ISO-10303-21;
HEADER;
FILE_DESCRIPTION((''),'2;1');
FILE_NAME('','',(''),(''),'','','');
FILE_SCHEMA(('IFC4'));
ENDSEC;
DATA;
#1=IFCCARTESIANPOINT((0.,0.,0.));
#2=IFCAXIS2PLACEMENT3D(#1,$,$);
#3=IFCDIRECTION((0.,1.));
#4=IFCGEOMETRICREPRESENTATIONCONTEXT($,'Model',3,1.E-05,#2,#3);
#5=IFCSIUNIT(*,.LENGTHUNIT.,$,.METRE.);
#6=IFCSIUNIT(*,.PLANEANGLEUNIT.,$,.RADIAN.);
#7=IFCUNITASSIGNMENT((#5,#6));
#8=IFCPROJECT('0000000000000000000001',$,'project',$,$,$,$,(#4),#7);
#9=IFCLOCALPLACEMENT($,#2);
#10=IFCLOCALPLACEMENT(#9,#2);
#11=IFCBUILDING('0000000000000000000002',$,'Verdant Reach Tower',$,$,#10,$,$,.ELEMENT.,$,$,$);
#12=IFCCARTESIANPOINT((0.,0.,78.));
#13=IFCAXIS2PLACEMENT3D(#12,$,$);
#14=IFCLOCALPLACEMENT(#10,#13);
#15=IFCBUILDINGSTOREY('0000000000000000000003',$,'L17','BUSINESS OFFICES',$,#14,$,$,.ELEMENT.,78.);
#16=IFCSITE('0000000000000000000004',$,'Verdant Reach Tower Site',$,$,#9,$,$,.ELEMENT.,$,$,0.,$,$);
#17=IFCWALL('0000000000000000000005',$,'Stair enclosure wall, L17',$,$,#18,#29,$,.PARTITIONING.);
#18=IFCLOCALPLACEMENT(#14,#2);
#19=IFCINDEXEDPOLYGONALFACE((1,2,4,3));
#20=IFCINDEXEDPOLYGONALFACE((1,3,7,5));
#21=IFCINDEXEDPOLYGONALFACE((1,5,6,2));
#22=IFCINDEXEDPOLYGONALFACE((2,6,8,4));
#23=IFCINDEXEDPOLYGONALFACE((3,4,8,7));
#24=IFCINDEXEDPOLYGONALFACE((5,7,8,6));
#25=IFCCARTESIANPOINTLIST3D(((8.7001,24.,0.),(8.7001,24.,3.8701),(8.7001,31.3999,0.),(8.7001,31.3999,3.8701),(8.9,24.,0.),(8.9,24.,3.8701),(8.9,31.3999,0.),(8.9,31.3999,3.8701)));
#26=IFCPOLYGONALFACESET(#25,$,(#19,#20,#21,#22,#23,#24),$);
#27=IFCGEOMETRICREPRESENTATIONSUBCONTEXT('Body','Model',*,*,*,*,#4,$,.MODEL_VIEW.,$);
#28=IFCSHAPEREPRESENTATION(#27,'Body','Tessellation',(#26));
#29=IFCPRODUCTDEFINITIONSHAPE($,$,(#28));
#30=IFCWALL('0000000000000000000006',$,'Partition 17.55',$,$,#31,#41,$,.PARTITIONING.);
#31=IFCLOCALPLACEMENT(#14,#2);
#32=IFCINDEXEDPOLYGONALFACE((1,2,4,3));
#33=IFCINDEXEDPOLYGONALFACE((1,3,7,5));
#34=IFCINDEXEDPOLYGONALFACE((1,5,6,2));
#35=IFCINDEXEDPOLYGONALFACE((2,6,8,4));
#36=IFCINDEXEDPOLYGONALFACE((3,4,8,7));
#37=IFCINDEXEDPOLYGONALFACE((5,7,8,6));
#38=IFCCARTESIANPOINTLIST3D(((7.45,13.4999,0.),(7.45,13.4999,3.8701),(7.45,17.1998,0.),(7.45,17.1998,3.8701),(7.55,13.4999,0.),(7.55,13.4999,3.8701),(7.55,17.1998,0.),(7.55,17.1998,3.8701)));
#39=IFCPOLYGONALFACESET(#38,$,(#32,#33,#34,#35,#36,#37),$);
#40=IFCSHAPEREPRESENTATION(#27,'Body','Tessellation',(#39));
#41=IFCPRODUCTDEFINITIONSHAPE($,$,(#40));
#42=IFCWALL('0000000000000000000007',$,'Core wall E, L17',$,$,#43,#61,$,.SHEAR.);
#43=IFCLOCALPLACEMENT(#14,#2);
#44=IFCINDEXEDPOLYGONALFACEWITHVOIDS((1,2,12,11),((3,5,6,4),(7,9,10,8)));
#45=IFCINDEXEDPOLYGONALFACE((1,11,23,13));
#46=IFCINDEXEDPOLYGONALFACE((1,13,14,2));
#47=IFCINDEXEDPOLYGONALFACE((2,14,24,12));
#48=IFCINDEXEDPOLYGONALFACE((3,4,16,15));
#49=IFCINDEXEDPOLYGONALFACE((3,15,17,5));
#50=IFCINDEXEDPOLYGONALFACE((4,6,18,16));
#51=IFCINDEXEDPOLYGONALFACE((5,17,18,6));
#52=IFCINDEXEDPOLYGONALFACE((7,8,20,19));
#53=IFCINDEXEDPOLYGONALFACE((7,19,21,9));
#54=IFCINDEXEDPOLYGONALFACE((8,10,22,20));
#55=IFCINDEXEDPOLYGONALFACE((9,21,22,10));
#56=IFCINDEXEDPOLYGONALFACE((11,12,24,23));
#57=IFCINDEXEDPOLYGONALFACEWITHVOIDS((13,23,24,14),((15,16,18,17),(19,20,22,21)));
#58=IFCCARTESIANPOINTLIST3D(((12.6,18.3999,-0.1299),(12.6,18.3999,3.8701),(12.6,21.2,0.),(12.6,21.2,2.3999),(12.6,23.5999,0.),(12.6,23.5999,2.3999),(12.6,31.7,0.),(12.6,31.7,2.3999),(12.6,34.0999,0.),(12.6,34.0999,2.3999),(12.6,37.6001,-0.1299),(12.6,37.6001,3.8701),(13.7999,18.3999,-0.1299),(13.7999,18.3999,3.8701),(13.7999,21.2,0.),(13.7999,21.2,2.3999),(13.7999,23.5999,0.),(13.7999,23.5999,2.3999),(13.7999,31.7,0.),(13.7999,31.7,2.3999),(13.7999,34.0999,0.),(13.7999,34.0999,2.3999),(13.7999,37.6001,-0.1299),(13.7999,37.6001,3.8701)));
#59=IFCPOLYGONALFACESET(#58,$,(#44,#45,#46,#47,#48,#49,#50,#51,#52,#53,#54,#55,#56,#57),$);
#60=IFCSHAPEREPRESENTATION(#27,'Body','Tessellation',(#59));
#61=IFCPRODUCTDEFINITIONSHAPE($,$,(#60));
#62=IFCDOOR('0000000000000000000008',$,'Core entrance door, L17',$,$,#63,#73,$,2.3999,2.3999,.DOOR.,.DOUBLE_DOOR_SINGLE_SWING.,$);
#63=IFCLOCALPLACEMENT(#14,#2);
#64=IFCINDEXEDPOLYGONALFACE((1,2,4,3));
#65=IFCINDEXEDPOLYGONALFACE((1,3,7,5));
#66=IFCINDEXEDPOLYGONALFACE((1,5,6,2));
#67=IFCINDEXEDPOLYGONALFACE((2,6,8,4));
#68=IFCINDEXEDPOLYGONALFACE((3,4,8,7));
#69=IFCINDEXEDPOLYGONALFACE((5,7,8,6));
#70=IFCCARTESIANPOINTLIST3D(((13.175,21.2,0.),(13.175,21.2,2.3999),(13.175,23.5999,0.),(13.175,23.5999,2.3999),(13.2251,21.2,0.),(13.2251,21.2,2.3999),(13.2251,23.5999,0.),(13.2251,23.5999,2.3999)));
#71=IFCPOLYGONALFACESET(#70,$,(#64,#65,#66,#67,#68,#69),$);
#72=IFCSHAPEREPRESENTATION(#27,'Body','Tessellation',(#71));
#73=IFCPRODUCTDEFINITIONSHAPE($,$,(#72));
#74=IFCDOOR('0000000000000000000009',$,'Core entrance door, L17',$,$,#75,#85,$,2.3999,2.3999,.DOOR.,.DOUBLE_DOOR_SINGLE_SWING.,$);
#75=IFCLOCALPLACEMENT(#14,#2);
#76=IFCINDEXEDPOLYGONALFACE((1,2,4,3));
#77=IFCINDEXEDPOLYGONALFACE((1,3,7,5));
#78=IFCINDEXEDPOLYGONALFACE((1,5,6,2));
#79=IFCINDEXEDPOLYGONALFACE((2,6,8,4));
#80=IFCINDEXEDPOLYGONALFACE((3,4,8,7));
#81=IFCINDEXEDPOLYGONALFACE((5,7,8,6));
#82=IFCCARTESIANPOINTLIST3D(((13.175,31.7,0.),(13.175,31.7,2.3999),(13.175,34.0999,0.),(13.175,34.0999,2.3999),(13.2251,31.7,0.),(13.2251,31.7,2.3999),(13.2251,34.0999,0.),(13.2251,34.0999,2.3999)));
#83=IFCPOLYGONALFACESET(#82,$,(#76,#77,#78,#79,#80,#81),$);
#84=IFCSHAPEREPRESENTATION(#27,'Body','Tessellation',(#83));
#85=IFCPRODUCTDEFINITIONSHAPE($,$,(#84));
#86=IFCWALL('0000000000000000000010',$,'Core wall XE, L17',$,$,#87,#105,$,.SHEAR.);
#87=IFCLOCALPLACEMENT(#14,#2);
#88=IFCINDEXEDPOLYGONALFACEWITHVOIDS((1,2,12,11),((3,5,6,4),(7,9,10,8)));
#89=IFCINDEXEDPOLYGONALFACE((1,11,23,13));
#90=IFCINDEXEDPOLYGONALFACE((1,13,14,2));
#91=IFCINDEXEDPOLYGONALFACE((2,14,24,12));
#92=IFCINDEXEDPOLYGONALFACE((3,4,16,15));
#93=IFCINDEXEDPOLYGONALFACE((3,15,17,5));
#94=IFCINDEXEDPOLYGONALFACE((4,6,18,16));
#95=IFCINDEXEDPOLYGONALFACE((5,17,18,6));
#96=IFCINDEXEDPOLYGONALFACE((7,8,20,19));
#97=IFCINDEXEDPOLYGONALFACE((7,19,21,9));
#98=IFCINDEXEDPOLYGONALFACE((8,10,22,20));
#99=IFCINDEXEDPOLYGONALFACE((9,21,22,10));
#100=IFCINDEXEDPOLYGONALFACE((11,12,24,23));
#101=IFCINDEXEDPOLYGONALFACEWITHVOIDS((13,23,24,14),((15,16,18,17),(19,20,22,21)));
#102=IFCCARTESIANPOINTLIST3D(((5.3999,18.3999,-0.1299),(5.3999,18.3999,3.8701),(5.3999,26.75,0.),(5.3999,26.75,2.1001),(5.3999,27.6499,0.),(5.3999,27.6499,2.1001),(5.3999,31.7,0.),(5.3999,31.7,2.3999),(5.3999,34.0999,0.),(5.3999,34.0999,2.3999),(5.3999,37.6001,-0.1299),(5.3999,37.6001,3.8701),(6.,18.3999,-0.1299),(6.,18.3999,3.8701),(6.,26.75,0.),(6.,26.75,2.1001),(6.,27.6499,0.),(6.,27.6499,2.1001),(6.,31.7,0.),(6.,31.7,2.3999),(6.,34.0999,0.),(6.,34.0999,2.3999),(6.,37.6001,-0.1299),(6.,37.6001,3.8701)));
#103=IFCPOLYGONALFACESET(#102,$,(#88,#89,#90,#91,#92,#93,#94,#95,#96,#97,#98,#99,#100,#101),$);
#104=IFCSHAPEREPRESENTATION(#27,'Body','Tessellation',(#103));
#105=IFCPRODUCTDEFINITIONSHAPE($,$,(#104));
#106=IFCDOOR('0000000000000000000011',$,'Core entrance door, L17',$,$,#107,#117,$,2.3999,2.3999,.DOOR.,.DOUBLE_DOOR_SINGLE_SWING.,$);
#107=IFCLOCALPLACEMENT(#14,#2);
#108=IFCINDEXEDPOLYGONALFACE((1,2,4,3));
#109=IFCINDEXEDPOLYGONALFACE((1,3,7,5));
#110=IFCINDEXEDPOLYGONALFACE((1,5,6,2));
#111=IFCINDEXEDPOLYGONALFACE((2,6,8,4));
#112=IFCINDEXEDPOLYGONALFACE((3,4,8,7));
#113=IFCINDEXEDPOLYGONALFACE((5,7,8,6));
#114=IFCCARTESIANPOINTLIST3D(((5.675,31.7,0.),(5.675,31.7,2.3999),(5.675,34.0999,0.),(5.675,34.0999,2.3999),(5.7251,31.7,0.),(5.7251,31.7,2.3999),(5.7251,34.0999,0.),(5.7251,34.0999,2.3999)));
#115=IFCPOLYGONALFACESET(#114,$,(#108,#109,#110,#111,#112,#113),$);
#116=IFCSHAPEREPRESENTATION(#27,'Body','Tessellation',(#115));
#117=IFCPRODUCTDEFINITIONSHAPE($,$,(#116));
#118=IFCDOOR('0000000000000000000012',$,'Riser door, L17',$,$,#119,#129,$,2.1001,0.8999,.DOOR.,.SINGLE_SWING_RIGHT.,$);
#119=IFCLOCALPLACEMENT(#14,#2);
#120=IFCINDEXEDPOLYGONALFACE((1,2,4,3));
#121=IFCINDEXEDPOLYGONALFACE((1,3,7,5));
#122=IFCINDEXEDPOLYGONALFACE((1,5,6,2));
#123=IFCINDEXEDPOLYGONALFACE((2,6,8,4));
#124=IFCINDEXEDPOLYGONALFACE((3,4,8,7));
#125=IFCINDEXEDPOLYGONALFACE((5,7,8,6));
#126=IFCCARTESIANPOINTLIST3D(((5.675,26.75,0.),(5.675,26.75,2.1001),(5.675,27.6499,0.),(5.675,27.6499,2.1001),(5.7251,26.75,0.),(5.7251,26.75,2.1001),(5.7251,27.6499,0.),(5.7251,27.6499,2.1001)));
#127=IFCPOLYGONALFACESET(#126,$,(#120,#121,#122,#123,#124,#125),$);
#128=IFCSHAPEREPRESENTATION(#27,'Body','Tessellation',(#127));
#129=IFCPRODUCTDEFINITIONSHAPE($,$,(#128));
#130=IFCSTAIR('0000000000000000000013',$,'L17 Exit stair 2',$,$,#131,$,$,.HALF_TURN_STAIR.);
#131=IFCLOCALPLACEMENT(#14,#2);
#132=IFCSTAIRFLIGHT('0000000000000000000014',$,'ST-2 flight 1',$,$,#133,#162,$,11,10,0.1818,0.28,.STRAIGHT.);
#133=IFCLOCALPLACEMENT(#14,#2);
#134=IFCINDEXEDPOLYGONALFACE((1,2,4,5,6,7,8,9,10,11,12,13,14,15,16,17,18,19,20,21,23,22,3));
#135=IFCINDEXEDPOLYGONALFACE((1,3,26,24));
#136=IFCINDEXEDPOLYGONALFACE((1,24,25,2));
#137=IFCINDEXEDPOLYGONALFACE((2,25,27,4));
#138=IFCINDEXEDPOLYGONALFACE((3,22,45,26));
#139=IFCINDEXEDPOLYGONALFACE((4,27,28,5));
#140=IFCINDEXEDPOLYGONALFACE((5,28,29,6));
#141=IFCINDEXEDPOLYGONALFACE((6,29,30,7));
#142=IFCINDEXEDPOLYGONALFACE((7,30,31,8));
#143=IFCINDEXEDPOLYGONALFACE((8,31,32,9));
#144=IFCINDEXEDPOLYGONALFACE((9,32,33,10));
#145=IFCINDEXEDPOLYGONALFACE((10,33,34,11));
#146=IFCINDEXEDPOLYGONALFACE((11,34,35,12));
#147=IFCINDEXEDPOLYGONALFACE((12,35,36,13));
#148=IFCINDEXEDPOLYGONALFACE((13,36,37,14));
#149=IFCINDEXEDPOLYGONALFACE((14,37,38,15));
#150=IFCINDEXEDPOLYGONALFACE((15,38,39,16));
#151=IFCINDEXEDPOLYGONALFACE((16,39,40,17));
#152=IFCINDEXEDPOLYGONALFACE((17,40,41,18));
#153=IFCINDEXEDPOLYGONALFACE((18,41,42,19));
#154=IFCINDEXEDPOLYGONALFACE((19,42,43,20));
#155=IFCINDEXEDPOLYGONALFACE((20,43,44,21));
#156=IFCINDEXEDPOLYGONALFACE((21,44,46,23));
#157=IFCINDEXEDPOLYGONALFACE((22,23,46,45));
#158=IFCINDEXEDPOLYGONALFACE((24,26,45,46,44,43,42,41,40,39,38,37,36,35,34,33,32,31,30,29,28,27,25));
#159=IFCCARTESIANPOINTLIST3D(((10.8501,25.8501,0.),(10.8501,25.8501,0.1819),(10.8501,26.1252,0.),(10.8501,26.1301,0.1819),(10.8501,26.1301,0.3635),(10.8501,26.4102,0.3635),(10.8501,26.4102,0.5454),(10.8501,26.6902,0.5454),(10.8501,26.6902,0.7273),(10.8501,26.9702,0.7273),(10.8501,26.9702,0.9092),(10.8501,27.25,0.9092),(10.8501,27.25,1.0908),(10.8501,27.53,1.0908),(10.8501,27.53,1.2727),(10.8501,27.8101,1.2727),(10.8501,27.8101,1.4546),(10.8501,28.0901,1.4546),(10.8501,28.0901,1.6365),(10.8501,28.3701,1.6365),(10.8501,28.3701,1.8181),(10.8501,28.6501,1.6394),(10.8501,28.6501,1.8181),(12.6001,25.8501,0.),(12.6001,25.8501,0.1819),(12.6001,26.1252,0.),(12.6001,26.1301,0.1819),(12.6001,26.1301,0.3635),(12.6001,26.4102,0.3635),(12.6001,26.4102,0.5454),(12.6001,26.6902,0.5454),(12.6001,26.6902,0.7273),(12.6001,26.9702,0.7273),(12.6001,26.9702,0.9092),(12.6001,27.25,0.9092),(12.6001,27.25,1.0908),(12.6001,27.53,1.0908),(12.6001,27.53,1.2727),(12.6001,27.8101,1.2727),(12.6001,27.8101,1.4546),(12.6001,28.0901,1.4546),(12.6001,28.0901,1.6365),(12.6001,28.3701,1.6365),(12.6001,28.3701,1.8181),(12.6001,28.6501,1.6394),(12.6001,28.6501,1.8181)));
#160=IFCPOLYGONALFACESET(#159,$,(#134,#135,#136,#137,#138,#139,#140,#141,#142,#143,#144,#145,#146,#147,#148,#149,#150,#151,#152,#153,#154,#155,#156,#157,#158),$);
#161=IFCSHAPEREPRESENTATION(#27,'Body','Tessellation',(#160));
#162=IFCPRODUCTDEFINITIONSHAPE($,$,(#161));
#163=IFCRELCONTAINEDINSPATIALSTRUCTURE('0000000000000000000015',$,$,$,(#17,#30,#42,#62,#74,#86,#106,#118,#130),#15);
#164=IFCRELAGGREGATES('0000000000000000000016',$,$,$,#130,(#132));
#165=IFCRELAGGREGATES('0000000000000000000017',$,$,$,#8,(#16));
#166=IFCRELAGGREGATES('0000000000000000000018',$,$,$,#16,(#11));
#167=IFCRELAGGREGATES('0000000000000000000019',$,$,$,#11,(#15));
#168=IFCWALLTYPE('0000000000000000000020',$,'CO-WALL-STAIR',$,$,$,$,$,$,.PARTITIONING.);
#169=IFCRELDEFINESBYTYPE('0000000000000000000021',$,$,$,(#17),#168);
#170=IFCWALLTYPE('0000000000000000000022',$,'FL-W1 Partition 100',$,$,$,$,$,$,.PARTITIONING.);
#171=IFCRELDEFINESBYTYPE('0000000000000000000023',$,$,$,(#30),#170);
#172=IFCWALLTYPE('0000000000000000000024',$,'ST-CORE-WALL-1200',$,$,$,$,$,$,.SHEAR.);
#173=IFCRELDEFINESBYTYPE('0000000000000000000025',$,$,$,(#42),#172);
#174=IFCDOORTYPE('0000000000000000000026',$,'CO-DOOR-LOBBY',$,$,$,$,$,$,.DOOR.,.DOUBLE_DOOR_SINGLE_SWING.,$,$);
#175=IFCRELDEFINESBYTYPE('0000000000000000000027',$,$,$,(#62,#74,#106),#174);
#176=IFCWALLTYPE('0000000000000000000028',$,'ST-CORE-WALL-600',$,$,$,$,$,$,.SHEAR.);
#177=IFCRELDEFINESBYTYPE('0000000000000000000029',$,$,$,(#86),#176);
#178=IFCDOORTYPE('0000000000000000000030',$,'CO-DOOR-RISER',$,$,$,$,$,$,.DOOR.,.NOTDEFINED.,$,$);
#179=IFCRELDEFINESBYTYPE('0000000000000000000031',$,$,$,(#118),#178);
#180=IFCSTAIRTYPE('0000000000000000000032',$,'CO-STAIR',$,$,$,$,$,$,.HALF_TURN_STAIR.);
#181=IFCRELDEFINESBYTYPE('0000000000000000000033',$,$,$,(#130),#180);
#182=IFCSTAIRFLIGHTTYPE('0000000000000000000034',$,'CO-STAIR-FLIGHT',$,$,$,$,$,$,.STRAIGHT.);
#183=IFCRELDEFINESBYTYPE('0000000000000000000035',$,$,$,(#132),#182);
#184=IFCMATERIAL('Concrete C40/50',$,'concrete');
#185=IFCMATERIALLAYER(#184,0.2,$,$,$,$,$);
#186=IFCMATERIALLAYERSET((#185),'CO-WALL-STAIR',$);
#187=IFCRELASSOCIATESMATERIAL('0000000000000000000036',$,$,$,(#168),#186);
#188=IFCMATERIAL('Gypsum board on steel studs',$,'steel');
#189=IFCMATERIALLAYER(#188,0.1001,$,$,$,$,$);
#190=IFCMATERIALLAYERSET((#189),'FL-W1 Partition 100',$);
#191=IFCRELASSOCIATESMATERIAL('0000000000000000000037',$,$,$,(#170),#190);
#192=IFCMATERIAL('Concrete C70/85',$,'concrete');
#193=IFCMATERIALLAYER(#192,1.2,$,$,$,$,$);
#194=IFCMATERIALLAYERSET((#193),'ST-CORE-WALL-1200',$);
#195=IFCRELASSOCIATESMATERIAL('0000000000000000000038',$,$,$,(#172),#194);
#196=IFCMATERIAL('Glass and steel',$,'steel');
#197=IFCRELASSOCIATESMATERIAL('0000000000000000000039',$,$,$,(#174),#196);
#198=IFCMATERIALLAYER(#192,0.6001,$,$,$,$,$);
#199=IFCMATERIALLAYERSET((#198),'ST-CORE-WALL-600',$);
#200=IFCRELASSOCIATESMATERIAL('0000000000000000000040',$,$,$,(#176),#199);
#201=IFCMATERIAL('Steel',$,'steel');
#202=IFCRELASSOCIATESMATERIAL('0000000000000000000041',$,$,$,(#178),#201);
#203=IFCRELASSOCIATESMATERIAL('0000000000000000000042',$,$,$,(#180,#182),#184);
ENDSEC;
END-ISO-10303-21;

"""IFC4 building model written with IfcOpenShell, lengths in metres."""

from ifc_helpers import new_model, si_unit, direction, frame, frame_2d, origin, place, context, subcontext, project, spatial, polyline, rectangle, outline, extrude, material, layer, layer_set, type_object, element, fill, aggregate, save


model = new_model("IFC4")

# Units and contexts
model_context = context("Model", 3, precision=1e-05, world=origin(), true_north=direction((0.0, 1.0)))
body_context = subcontext(model_context, "Body", "Model", "MODEL_VIEW")
ifc_project = project(units=[si_unit("LENGTHUNIT", "METRE"), si_unit("PLANEANGLEUNIT", "RADIAN")], contexts=[model_context])

# Site, building, storey
site_placement = place(None, origin())
site = spatial("IfcSite", under=ifc_project, at=site_placement, Name="Verdant Reach Tower Site", CompositionType="ELEMENT", RefElevation=0.0)
building_placement = place(site_placement, origin())
building = spatial("IfcBuilding", under=site, at=building_placement, Name="Verdant Reach Tower", CompositionType="ELEMENT")
storey_placement = place(building_placement, frame((0.0, 0.0, 78.0)))
storey = spatial("IfcBuildingStorey", under=building, at=storey_placement, Name="L17", Description="BUSINESS OFFICES", CompositionType="ELEMENT", Elevation=78.0)

# Shared definitions
ifc_material_1 = material(Name="Gypsum board on steel studs", Category="steel")

# Shared definitions
ifc_material_2 = material(Name="Concrete C40/50", Category="concrete")

# Shared definitions
ifc_layer_1 = layer(ifc_material_2, 0.2)
ifc_layer_set_1 = layer_set([ifc_layer_1], Name="CO-WALL-STAIR")
wall_type_1 = type_object("IfcWallType", Name="CO-WALL-STAIR", PredefinedType="PARTITIONING", material=ifc_layer_set_1)
ifc_material_3 = material(Name="Steel", Category="steel")

# Walls
wall_1_placement = place(storey_placement, frame((8.8, 24.0, 0.0), z_axis=(0.0, 0.0, 1.0), x_axis=(0.0, 1.0, 0.0)))
element("IfcWall", 1, at=wall_1_placement, inside=storey, type_object=wall_type_1, Name="Stair enclosure wall, L17", PredefinedType="PARTITIONING", context=body_context, shape_type="SweptSolid", body=[
    extrude(rectangle(XDim=7.3999, YDim=0.2, at=frame_2d((3.7, 0.0))), origin(), (0.0, 0.0, 1.0), 3.8701),
])
ifc_layer_2 = layer(ifc_material_1, 0.1001)
ifc_layer_set_2 = layer_set([ifc_layer_2], Name="FL-W1 Partition 100")
wall_type_2 = type_object("IfcWallType", Name="FL-W1 Partition 100", PredefinedType="PARTITIONING", material=ifc_layer_set_2)
wall_2_placement = place(storey_placement, frame((7.5, 17.2, 0.0), z_axis=(0.0, 0.0, 1.0), x_axis=(0.0, -1.0, 0.0)))
element("IfcWall", 2, at=wall_2_placement, inside=storey, type_object=wall_type_2, Name="Partition 17.55", PredefinedType="PARTITIONING", context=body_context, shape_type="SweptSolid", body=[
    extrude(rectangle(XDim=3.7, YDim=0.1001, at=frame_2d((1.8501, 0.0))), origin(), (0.0, 0.0, 1.0), 3.8701),
])

# Walls, openings, doors
ifc_material_4 = material(Name="Concrete C70/85", Category="concrete")
ifc_layer_3 = layer(ifc_material_4, 1.2)
ifc_layer_set_3 = layer_set([ifc_layer_3], Name="ST-CORE-WALL-1200")
wall_type_3 = type_object("IfcWallType", Name="ST-CORE-WALL-1200", PredefinedType="SHEAR", material=ifc_layer_set_3)
wall_3_placement = place(storey_placement, frame((13.2, 18.3999, -0.1299), z_axis=(0.0, 0.0, 1.0), x_axis=(0.0, 1.0, 0.0)))
wall_3 = element("IfcWall", 3, at=wall_3_placement, inside=storey, type_object=wall_type_3, Name="Core wall E, L17", PredefinedType="SHEAR", context=body_context, shape_type="SweptSolid", body=[
    extrude(rectangle(XDim=19.2002, YDim=1.2, at=frame_2d((9.6001, 0.0))), origin(), (0.0, 0.0, 1.0), 4.0),
])
opening_1_placement = place(wall_3_placement, frame((2.8, 0.0, 0.1299)))
opening_1 = element("IfcOpeningElement", 4, at=opening_1_placement, cuts=wall_3, PredefinedType="OPENING", context=body_context, shape_type="SweptSolid", body=[
    extrude(rectangle(XDim=2.3999, YDim=2.3999, at=frame_2d((1.2, 1.2))), frame((0.0, 0.6099, 0.0), z_axis=(0.0, -1.0, 0.0), x_axis=(1.0, 0.0, 0.0)), (0.0, 0.0, 1.0), 1.22),
])
opening_2_placement = place(wall_3_placement, frame((13.3, 0.0, 0.1299)))
opening_2 = element("IfcOpeningElement", 5, at=opening_2_placement, cuts=wall_3, PredefinedType="OPENING", context=body_context, shape_type="SweptSolid", body=[
    extrude(rectangle(XDim=2.3999, YDim=2.3999, at=frame_2d((1.2, 1.2))), frame((0.0, 0.6099, 0.0), z_axis=(0.0, -1.0, 0.0), x_axis=(1.0, 0.0, 0.0)), (0.0, 0.0, 1.0), 1.22),
])
ifc_material_5 = material(Name="Glass and steel", Category="steel")
door_type_1 = type_object("IfcDoorType", Name="CO-DOOR-LOBBY", OperationType="DOUBLE_DOOR_SINGLE_SWING", PredefinedType="DOOR", material=ifc_material_5)
door_1_placement = place(opening_1_placement, origin())
door_1 = element("IfcDoor", 6, at=door_1_placement, inside=storey, type_object=door_type_1, Name="Core entrance door, L17", OperationType="DOUBLE_DOOR_SINGLE_SWING", OverallHeight=2.3999, OverallWidth=2.3999, PredefinedType="DOOR", context=body_context, shape_type="SweptSolid", body=[
    extrude(rectangle(XDim=2.3999, YDim=2.3999, at=frame_2d((1.2, 1.2))), frame((0.0, 0.0249, 0.0), z_axis=(0.0, -1.0, 0.0), x_axis=(1.0, 0.0, 0.0)), (0.0, 0.0, 1.0), 0.05),
])
fill(opening_1, door_1)
door_2_placement = place(opening_2_placement, origin())
door_2 = element("IfcDoor", 7, at=door_2_placement, inside=storey, type_object=door_type_1, Name="Core entrance door, L17", OperationType="DOUBLE_DOOR_SINGLE_SWING", OverallHeight=2.3999, OverallWidth=2.3999, PredefinedType="DOOR", context=body_context, shape_type="SweptSolid", body=[
    extrude(rectangle(XDim=2.3999, YDim=2.3999, at=frame_2d((1.2, 1.2))), frame((0.0, 0.0249, 0.0), z_axis=(0.0, -1.0, 0.0), x_axis=(1.0, 0.0, 0.0)), (0.0, 0.0, 1.0), 0.05),
])
fill(opening_2, door_2)
ifc_layer_4 = layer(ifc_material_4, 0.6001)
ifc_layer_set_4 = layer_set([ifc_layer_4], Name="ST-CORE-WALL-600")
wall_type_4 = type_object("IfcWallType", Name="ST-CORE-WALL-600", PredefinedType="SHEAR", material=ifc_layer_set_4)
wall_4_placement = place(storey_placement, frame((5.7, 18.3999, -0.1299), z_axis=(0.0, 0.0, 1.0), x_axis=(0.0, 1.0, 0.0)))
wall_4 = element("IfcWall", 8, at=wall_4_placement, inside=storey, type_object=wall_type_4, Name="Core wall XE, L17", PredefinedType="SHEAR", context=body_context, shape_type="SweptSolid", body=[
    extrude(rectangle(XDim=19.2002, YDim=0.6001, at=frame_2d((9.6001, 0.0))), origin(), (0.0, 0.0, 1.0), 4.0),
])
opening_3_placement = place(wall_4_placement, frame((8.3501, 0.0, 0.1299)))
opening_3 = element("IfcOpeningElement", 9, at=opening_3_placement, cuts=wall_4, PredefinedType="OPENING", context=body_context, shape_type="SweptSolid", body=[
    extrude(rectangle(XDim=0.8999, YDim=2.1001, at=frame_2d((0.45, 1.05))), frame((0.0, 0.3101, 0.0), z_axis=(0.0, -1.0, 0.0), x_axis=(1.0, 0.0, 0.0)), (0.0, 0.0, 1.0), 0.6201),
])
opening_4_placement = place(wall_4_placement, frame((13.3, 0.0, 0.1299)))
opening_4 = element("IfcOpeningElement", 10, at=opening_4_placement, cuts=wall_4, PredefinedType="OPENING", context=body_context, shape_type="SweptSolid", body=[
    extrude(rectangle(XDim=2.3999, YDim=2.3999, at=frame_2d((1.2, 1.2))), frame((0.0, 0.3101, 0.0), z_axis=(0.0, -1.0, 0.0), x_axis=(1.0, 0.0, 0.0)), (0.0, 0.0, 1.0), 0.6201),
])
door_3_placement = place(opening_4_placement, origin())
door_3 = element("IfcDoor", 11, at=door_3_placement, inside=storey, type_object=door_type_1, Name="Core entrance door, L17", OperationType="DOUBLE_DOOR_SINGLE_SWING", OverallHeight=2.3999, OverallWidth=2.3999, PredefinedType="DOOR", context=body_context, shape_type="SweptSolid", body=[
    extrude(rectangle(XDim=2.3999, YDim=2.3999, at=frame_2d((1.2, 1.2))), frame((0.0, 0.0249, 0.0), z_axis=(0.0, -1.0, 0.0), x_axis=(1.0, 0.0, 0.0)), (0.0, 0.0, 1.0), 0.05),
])
fill(opening_4, door_3)
door_type_2 = type_object("IfcDoorType", Name="CO-DOOR-RISER", OperationType="NOTDEFINED", PredefinedType="DOOR", material=ifc_material_3)
door_4_placement = place(opening_3_placement, origin())
door_4 = element("IfcDoor", 12, at=door_4_placement, inside=storey, type_object=door_type_2, Name="Riser door, L17", OperationType="SINGLE_SWING_RIGHT", OverallHeight=2.1001, OverallWidth=0.8999, PredefinedType="DOOR", context=body_context, shape_type="SweptSolid", body=[
    extrude(rectangle(XDim=0.8999, YDim=2.1001, at=frame_2d((0.45, 1.05))), frame((0.0, 0.0249, 0.0), z_axis=(0.0, -1.0, 0.0), x_axis=(1.0, 0.0, 0.0)), (0.0, 0.0, 1.0), 0.05),
])
fill(opening_3, door_4)

# Stair, stair flight
stair_type = type_object("IfcStairType", Name="CO-STAIR", PredefinedType="HALF_TURN_STAIR", material=ifc_material_2)
stair_placement = place(storey_placement, origin())
stair = element("IfcStair", 13, at=stair_placement, inside=storey, type_object=stair_type, Name="L17 Exit stair 2", PredefinedType="HALF_TURN_STAIR")
stair_flight_type = type_object("IfcStairFlightType", Name="CO-STAIR-FLIGHT", PredefinedType="STRAIGHT", material=ifc_material_2)
stair_flight_placement = place(storey_placement, frame((11.7251, 25.8501, 0.0), z_axis=(0.0, 0.0, 1.0), x_axis=(0.0, 1.0, 0.0)))
stair_flight = element("IfcStairFlight", 14, at=stair_flight_placement, type_object=stair_flight_type, Name="ST-2 flight 1", NumberOfRisers=11, NumberOfTreads=10, PredefinedType="STRAIGHT", RiserHeight=0.1818, TreadLength=0.28, context=body_context, shape_type="SweptSolid", body=[
    extrude(outline(polyline([(0.0, 0.0), (0.0, 0.1819), (0.28, 0.1819), (0.28, 0.3635), (0.5601, 0.3635), (0.5601, 0.5454), (0.8401, 0.5454), (0.8401, 0.7273), (1.1201, 0.7273), (1.1201, 0.9092), (1.3999, 0.9092), (1.3999, 1.0908), (1.6799, 1.0908), (1.6799, 1.2727), (1.96, 1.2727), (1.96, 1.4546), (2.24, 1.4546), (2.24, 1.6365), (2.52, 1.6365), (2.52, 1.8181), (2.8, 1.8181), (2.8, 2.0), (2.8, 1.6394), (0.2751, 0.0), (0.0, 0.0)])), frame((0.0, 0.875, 0.0), z_axis=(0.0, -1.0, 0.0), x_axis=(1.0, 0.0, 0.0)), (0.0, 0.0, 1.0), 1.75),
])
aggregate(stair, [stair_flight])

save(model, "model.ifc")
